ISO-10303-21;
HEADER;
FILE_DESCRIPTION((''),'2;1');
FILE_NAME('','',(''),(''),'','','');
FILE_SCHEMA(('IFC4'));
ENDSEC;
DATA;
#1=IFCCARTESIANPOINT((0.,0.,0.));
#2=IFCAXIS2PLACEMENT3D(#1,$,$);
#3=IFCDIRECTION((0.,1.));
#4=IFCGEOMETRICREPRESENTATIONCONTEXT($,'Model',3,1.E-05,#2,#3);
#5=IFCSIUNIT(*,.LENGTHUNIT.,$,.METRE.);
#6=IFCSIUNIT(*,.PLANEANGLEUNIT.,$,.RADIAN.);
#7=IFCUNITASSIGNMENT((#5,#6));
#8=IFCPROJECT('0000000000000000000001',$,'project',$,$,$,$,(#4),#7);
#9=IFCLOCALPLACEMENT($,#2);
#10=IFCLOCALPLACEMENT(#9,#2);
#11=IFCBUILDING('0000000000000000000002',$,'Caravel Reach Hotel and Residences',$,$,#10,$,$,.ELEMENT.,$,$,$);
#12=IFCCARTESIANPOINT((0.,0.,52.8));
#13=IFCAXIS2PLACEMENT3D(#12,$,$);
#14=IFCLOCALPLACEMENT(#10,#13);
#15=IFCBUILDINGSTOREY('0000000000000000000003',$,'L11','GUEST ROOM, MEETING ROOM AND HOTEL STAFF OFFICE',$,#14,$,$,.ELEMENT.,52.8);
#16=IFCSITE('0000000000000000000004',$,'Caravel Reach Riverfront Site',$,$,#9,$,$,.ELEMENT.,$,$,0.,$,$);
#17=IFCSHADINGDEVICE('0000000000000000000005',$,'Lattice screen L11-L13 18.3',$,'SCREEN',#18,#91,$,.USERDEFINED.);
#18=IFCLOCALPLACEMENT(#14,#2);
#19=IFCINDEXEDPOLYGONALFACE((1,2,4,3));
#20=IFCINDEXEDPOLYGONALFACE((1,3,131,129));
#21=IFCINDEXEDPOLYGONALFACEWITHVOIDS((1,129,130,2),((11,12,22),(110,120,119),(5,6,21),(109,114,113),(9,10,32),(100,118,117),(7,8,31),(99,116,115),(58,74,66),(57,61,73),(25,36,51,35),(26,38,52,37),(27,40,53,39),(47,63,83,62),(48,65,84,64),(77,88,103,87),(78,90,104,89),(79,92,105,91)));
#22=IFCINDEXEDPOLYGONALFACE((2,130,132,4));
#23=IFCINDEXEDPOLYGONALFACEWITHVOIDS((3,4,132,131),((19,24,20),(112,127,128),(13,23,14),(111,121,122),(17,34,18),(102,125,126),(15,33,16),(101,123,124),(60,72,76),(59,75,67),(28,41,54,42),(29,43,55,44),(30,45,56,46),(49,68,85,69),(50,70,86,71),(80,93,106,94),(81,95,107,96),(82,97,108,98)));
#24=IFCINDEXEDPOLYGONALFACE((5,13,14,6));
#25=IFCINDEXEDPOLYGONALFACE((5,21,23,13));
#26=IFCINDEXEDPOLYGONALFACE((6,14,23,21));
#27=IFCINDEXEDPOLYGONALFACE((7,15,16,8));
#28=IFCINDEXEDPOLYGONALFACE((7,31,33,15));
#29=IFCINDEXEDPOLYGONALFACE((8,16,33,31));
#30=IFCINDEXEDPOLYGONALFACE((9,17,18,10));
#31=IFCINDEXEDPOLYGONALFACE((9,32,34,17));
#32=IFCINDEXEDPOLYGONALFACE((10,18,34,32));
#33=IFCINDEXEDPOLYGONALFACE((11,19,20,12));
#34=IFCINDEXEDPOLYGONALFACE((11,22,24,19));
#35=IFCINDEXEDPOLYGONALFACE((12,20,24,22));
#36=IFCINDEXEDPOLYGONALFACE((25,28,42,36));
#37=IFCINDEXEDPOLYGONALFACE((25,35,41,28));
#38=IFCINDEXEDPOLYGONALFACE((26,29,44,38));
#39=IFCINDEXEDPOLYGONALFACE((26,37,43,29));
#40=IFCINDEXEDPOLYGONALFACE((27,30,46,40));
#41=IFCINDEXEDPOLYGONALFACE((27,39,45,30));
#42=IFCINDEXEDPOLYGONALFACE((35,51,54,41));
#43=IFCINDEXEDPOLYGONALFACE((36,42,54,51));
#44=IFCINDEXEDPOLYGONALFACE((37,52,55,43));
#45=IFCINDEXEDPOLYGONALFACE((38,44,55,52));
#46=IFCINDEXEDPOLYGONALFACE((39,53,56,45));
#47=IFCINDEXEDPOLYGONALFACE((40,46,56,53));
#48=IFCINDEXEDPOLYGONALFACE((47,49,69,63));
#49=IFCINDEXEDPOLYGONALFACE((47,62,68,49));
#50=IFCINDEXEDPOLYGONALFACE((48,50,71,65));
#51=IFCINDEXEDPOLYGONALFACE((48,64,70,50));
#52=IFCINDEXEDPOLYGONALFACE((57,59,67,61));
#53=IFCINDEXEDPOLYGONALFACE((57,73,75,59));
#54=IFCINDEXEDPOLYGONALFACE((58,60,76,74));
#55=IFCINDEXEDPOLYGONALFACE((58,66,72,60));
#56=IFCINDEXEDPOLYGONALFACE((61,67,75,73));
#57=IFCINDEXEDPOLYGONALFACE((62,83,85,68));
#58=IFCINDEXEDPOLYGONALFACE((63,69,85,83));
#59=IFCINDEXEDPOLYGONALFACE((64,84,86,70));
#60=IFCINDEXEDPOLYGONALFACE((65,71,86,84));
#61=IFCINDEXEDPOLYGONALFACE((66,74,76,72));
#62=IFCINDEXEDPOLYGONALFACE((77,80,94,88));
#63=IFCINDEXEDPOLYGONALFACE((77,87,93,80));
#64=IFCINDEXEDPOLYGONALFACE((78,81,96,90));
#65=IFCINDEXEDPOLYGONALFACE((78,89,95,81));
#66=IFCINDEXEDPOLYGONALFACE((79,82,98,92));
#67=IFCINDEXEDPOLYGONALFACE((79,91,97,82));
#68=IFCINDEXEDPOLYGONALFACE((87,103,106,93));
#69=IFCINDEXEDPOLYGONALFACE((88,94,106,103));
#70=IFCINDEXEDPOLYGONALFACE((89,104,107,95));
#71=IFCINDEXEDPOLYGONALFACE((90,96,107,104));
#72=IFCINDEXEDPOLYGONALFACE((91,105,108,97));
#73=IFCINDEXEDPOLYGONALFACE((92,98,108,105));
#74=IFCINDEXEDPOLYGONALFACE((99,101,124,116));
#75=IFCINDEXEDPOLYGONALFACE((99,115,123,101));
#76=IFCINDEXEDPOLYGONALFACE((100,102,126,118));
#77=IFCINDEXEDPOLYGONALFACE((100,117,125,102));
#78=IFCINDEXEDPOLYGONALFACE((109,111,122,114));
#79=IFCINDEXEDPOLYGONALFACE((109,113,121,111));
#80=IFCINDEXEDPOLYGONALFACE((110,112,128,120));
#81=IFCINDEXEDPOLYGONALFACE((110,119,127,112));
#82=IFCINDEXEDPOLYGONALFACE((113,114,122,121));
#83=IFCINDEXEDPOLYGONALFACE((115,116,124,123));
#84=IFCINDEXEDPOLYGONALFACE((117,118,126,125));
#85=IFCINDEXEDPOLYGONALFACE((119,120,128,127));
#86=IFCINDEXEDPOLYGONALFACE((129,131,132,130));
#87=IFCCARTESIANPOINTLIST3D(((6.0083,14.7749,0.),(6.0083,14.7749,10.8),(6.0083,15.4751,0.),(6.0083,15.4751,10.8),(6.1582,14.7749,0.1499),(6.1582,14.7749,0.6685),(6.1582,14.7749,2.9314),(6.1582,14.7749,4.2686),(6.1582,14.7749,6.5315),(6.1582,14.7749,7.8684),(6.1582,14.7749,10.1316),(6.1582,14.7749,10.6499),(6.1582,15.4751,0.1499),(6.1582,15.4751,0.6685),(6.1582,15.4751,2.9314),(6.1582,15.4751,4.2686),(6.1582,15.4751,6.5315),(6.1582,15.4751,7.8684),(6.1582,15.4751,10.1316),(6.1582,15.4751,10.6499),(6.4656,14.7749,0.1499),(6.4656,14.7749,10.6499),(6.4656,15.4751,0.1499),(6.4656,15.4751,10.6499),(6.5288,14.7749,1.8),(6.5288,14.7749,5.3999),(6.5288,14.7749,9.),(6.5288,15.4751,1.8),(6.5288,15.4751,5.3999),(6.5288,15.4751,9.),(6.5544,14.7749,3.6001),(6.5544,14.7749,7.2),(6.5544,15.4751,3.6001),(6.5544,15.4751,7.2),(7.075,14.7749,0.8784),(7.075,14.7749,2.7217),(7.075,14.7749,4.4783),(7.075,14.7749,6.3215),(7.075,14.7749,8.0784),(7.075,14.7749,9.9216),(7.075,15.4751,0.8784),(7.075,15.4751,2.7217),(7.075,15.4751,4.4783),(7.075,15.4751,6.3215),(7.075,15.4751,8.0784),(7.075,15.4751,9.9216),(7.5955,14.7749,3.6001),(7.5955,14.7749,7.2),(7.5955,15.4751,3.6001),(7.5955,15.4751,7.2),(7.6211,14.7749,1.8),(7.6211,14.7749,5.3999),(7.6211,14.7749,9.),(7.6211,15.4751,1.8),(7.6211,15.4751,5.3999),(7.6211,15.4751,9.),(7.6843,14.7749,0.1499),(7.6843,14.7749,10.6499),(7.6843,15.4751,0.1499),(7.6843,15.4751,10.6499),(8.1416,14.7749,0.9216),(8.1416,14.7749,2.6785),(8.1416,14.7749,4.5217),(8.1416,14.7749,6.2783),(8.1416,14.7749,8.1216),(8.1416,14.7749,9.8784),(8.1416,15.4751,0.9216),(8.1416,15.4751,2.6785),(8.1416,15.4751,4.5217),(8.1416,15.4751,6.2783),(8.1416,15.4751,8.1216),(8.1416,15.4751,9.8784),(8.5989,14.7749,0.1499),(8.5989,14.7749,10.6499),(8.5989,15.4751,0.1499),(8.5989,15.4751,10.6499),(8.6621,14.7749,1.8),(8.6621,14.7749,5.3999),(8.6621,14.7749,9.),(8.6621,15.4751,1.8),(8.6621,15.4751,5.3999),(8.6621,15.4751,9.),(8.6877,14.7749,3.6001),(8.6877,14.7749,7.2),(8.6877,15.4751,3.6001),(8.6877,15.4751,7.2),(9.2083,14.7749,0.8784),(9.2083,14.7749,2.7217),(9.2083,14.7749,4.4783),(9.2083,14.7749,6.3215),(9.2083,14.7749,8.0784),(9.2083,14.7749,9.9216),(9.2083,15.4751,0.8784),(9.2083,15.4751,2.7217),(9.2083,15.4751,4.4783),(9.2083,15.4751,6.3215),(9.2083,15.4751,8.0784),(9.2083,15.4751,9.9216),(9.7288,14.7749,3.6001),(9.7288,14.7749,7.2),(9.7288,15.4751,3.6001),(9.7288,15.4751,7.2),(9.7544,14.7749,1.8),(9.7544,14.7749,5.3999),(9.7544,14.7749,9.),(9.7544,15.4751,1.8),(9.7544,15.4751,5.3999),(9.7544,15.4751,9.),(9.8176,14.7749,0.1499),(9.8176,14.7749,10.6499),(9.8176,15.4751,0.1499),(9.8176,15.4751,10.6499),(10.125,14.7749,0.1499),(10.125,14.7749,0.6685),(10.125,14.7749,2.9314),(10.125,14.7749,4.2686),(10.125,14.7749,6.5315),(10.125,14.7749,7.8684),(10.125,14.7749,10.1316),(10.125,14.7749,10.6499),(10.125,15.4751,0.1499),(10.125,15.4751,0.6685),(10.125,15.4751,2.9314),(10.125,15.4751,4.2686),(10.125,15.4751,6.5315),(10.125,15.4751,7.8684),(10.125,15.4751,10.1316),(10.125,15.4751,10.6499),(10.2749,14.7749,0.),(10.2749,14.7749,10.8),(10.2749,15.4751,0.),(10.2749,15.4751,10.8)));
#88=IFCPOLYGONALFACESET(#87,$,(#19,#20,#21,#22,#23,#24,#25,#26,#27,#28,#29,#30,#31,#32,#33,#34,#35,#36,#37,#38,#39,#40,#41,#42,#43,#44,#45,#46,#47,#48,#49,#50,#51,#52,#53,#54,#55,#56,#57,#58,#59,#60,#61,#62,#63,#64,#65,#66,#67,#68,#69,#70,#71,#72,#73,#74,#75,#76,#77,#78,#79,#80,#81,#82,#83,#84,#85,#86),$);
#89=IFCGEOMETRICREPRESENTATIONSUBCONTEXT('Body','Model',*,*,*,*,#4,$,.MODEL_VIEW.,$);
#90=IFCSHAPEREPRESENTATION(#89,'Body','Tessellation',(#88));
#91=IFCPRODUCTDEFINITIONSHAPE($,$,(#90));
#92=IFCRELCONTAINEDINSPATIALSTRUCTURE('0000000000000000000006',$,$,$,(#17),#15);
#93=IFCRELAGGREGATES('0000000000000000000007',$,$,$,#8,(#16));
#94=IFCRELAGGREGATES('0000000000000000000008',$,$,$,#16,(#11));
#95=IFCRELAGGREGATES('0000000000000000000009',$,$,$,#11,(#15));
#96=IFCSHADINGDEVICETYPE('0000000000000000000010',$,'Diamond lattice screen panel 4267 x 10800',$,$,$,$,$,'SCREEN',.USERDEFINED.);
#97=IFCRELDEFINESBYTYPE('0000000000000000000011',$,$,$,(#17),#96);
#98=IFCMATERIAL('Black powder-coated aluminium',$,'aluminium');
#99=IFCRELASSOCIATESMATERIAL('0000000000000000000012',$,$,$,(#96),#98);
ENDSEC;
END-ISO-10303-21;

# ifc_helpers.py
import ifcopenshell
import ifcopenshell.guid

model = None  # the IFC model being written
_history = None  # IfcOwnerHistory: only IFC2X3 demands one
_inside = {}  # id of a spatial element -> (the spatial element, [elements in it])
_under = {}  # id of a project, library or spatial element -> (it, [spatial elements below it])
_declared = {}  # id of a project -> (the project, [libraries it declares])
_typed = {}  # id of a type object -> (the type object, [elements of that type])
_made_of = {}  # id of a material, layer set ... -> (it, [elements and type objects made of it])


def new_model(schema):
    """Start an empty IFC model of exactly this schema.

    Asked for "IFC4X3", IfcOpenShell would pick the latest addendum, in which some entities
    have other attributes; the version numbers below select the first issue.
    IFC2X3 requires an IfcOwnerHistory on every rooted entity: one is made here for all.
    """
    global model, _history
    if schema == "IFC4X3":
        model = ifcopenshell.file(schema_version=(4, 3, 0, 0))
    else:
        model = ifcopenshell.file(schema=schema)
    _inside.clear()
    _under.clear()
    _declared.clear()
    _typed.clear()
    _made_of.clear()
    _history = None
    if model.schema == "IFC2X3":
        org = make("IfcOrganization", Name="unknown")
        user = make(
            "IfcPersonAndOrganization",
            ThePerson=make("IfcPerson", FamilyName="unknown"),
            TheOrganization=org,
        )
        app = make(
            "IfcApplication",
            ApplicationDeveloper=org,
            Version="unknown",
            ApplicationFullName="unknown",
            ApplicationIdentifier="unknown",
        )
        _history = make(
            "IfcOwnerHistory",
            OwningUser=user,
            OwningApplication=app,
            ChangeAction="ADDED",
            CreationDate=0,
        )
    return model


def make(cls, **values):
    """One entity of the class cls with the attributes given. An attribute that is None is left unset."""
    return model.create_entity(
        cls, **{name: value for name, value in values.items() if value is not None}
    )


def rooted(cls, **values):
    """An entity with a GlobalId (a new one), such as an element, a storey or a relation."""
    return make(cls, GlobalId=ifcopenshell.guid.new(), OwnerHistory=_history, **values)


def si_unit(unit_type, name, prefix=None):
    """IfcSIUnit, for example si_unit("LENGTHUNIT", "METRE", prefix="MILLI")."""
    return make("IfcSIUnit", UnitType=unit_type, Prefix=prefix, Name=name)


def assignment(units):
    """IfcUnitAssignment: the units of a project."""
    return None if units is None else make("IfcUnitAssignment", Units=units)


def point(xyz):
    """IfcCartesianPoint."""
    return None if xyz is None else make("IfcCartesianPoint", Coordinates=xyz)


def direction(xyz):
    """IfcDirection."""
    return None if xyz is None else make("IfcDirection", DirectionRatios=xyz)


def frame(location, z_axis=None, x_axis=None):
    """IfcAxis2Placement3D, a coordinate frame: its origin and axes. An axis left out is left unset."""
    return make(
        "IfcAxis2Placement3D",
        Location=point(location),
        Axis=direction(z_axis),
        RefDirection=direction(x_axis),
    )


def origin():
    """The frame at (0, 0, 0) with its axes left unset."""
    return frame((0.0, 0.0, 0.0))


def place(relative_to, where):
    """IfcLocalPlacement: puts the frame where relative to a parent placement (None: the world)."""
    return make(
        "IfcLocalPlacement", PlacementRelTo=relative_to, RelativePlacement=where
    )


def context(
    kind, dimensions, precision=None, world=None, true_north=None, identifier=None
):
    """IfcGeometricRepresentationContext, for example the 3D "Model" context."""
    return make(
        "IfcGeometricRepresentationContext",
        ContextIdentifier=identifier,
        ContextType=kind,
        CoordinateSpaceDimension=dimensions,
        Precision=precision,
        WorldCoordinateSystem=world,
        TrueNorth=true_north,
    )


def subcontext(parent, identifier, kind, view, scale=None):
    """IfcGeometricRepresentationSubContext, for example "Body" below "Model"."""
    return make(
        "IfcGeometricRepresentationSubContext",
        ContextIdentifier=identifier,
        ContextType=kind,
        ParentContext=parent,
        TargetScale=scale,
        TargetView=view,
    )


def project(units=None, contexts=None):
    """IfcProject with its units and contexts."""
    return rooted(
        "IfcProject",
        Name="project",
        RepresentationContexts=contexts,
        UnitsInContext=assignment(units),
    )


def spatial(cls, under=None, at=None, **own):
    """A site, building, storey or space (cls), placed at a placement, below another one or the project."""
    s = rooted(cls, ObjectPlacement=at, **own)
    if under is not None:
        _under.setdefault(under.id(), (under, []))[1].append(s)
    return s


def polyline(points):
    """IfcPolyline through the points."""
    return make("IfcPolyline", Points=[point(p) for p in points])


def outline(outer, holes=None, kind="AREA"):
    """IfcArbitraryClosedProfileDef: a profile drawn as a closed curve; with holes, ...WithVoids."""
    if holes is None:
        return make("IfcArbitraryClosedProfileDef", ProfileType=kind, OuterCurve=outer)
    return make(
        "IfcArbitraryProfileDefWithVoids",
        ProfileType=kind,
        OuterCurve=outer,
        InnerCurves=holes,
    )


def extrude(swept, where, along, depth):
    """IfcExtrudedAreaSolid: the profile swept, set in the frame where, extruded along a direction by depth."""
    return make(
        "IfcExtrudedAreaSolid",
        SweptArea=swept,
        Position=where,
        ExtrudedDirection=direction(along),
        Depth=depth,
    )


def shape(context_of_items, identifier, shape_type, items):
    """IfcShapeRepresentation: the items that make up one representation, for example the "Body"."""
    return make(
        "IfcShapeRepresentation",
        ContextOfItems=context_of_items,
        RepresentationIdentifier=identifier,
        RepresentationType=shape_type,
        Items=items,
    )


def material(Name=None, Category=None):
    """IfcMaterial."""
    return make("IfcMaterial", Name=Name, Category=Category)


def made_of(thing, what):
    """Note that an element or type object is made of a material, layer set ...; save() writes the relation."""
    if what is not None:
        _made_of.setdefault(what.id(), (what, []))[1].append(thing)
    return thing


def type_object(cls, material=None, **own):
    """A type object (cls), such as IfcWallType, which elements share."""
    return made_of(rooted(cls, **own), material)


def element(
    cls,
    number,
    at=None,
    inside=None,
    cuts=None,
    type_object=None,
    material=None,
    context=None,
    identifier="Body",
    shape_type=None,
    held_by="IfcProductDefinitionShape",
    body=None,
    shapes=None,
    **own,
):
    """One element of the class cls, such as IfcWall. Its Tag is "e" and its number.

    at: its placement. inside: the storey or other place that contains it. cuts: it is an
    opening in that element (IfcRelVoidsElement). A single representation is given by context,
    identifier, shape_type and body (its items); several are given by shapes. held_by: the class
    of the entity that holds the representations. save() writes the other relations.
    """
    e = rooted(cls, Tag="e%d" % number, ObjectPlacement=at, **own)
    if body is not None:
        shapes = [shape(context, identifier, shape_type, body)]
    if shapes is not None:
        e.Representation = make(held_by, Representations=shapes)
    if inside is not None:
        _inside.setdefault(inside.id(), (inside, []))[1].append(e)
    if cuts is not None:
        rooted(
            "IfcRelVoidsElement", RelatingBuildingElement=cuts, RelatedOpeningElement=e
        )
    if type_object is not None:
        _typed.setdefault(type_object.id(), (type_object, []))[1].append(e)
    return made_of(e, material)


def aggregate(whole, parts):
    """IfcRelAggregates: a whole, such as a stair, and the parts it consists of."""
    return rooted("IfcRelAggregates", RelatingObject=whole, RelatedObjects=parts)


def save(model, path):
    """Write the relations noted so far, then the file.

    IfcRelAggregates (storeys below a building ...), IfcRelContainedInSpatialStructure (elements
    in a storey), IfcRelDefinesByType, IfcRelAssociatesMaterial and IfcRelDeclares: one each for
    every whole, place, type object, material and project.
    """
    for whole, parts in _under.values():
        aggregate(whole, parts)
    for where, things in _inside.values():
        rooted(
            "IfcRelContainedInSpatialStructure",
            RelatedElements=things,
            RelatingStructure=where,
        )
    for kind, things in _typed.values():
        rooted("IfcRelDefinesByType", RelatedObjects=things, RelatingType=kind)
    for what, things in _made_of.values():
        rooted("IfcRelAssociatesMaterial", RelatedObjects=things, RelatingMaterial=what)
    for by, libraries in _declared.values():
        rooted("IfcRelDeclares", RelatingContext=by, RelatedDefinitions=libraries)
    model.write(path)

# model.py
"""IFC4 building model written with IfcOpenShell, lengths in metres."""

from ifc_helpers import new_model, si_unit, direction, frame, origin, place, context, subcontext, project, spatial, polyline, outline, extrude, material, type_object, element, save


model = new_model("IFC4")

# Units and contexts
model_context = context("Model", 3, precision=1e-05, world=origin(), true_north=direction((0.0, 1.0)))
body_context = subcontext(model_context, "Body", "Model", "MODEL_VIEW")
ifc_project = project(units=[si_unit("LENGTHUNIT", "METRE"), si_unit("PLANEANGLEUNIT", "RADIAN")], contexts=[model_context])

# Site, building, storey
site_placement = place(None, origin())
site = spatial("IfcSite", under=ifc_project, at=site_placement, Name="Caravel Reach Riverfront Site", CompositionType="ELEMENT", RefElevation=0.0)
building_placement = place(site_placement, origin())
building = spatial("IfcBuilding", under=site, at=building_placement, Name="Caravel Reach Hotel and Residences", CompositionType="ELEMENT")
storey_placement = place(building_placement, frame((0.0, 0.0, 52.8)))
storey = spatial("IfcBuildingStorey", under=building, at=storey_placement, Name="L11", Description="GUEST ROOM, MEETING ROOM AND HOTEL STAFF OFFICE", CompositionType="ELEMENT", Elevation=52.8)

# Shading device
ifc_material_1 = material(Name="Black powder-coated aluminium", Category="aluminium")
shading_device_type_1 = type_object("IfcShadingDeviceType", Name="Diamond lattice screen panel 4267 x 10800", ElementType="SCREEN", PredefinedType="USERDEFINED", material=ifc_material_1)
shading_device_1_placement = place(storey_placement, frame((6.0083, 15.4751, 0.0), z_axis=(0.0, -1.0, 0.0), x_axis=(1.0, 0.0, 0.0)))
element("IfcShadingDevice", 1, at=shading_device_1_placement, inside=storey, type_object=shading_device_type_1, Name="Lattice screen L11-L13 18.3", ObjectType="SCREEN", PredefinedType="USERDEFINED", context=body_context, shape_type="SweptSolid", body=[
    extrude(outline(polyline([(0.0, 0.0), (4.2666, 0.0), (4.2666, 10.8), (0.0, 10.8), (0.0, 0.0)]), holes=[polyline([(0.4573, 0.1499), (0.1499, 0.6685), (0.1499, 0.1499), (0.4573, 0.1499)]), polyline([(0.5461, 3.6001), (0.1499, 4.2686), (0.1499, 2.9314), (0.5461, 3.6001)]), polyline([(0.5461, 7.2), (0.1499, 7.8684), (0.1499, 6.5315), (0.5461, 7.2)]), polyline([(0.1499, 10.1316), (0.4573, 10.6499), (0.1499, 10.6499), (0.1499, 10.1316)]), polyline([(1.0667, 2.7217), (0.5205, 1.8), (1.0667, 0.8784), (1.6128, 1.8), (1.0667, 2.7217)]), polyline([(1.0667, 6.3215), (0.5205, 5.3999), (1.0667, 4.4783), (1.6128, 5.3999), (1.0667, 6.3215)]), polyline([(1.0667, 9.9216), (0.5205, 9.0), (1.0667, 8.0784), (1.6128, 9.0), (1.0667, 9.9216)]), polyline([(2.1333, 0.9216), (1.676, 0.1499), (2.5906, 0.1499), (2.1333, 0.9216)]), polyline([(2.1333, 4.5217), (1.5872, 3.6001), (2.1333, 2.6785), (2.6794, 3.6001), (2.1333, 4.5217)]), polyline([(2.1333, 8.1216), (1.5872, 7.2), (2.1333, 6.2783), (2.6794, 7.2), (2.1333, 8.1216)]), polyline([(2.1333, 9.8784), (2.5906, 10.6499), (1.676, 10.6499), (2.1333, 9.8784)]), polyline([(3.2, 2.7217), (2.6538, 1.8), (3.2, 0.8784), (3.7461, 1.8), (3.2, 2.7217)]), polyline([(3.2, 6.3215), (2.6538, 5.3999), (3.2, 4.4783), (3.7461, 5.3999), (3.2, 6.3215)]), polyline([(3.2, 9.9216), (2.6538, 9.0), (3.2, 8.0784), (3.7461, 9.0), (3.2, 9.9216)]), polyline([(4.1167, 0.6685), (3.8093, 0.1499), (4.1167, 0.1499), (4.1167, 0.6685)]), polyline([(3.7205, 3.6001), (4.1167, 2.9314), (4.1167, 4.2686), (3.7205, 3.6001)]), polyline([(3.7205, 7.2), (4.1167, 6.5315), (4.1167, 7.8684), (3.7205, 7.2)]), polyline([(3.8093, 10.6499), (4.1167, 10.1316), (4.1167, 10.6499), (3.8093, 10.6499)])]), origin(), (0.0, 0.0, 1.0), 0.7002),
])

save(model, "model.ifc")
